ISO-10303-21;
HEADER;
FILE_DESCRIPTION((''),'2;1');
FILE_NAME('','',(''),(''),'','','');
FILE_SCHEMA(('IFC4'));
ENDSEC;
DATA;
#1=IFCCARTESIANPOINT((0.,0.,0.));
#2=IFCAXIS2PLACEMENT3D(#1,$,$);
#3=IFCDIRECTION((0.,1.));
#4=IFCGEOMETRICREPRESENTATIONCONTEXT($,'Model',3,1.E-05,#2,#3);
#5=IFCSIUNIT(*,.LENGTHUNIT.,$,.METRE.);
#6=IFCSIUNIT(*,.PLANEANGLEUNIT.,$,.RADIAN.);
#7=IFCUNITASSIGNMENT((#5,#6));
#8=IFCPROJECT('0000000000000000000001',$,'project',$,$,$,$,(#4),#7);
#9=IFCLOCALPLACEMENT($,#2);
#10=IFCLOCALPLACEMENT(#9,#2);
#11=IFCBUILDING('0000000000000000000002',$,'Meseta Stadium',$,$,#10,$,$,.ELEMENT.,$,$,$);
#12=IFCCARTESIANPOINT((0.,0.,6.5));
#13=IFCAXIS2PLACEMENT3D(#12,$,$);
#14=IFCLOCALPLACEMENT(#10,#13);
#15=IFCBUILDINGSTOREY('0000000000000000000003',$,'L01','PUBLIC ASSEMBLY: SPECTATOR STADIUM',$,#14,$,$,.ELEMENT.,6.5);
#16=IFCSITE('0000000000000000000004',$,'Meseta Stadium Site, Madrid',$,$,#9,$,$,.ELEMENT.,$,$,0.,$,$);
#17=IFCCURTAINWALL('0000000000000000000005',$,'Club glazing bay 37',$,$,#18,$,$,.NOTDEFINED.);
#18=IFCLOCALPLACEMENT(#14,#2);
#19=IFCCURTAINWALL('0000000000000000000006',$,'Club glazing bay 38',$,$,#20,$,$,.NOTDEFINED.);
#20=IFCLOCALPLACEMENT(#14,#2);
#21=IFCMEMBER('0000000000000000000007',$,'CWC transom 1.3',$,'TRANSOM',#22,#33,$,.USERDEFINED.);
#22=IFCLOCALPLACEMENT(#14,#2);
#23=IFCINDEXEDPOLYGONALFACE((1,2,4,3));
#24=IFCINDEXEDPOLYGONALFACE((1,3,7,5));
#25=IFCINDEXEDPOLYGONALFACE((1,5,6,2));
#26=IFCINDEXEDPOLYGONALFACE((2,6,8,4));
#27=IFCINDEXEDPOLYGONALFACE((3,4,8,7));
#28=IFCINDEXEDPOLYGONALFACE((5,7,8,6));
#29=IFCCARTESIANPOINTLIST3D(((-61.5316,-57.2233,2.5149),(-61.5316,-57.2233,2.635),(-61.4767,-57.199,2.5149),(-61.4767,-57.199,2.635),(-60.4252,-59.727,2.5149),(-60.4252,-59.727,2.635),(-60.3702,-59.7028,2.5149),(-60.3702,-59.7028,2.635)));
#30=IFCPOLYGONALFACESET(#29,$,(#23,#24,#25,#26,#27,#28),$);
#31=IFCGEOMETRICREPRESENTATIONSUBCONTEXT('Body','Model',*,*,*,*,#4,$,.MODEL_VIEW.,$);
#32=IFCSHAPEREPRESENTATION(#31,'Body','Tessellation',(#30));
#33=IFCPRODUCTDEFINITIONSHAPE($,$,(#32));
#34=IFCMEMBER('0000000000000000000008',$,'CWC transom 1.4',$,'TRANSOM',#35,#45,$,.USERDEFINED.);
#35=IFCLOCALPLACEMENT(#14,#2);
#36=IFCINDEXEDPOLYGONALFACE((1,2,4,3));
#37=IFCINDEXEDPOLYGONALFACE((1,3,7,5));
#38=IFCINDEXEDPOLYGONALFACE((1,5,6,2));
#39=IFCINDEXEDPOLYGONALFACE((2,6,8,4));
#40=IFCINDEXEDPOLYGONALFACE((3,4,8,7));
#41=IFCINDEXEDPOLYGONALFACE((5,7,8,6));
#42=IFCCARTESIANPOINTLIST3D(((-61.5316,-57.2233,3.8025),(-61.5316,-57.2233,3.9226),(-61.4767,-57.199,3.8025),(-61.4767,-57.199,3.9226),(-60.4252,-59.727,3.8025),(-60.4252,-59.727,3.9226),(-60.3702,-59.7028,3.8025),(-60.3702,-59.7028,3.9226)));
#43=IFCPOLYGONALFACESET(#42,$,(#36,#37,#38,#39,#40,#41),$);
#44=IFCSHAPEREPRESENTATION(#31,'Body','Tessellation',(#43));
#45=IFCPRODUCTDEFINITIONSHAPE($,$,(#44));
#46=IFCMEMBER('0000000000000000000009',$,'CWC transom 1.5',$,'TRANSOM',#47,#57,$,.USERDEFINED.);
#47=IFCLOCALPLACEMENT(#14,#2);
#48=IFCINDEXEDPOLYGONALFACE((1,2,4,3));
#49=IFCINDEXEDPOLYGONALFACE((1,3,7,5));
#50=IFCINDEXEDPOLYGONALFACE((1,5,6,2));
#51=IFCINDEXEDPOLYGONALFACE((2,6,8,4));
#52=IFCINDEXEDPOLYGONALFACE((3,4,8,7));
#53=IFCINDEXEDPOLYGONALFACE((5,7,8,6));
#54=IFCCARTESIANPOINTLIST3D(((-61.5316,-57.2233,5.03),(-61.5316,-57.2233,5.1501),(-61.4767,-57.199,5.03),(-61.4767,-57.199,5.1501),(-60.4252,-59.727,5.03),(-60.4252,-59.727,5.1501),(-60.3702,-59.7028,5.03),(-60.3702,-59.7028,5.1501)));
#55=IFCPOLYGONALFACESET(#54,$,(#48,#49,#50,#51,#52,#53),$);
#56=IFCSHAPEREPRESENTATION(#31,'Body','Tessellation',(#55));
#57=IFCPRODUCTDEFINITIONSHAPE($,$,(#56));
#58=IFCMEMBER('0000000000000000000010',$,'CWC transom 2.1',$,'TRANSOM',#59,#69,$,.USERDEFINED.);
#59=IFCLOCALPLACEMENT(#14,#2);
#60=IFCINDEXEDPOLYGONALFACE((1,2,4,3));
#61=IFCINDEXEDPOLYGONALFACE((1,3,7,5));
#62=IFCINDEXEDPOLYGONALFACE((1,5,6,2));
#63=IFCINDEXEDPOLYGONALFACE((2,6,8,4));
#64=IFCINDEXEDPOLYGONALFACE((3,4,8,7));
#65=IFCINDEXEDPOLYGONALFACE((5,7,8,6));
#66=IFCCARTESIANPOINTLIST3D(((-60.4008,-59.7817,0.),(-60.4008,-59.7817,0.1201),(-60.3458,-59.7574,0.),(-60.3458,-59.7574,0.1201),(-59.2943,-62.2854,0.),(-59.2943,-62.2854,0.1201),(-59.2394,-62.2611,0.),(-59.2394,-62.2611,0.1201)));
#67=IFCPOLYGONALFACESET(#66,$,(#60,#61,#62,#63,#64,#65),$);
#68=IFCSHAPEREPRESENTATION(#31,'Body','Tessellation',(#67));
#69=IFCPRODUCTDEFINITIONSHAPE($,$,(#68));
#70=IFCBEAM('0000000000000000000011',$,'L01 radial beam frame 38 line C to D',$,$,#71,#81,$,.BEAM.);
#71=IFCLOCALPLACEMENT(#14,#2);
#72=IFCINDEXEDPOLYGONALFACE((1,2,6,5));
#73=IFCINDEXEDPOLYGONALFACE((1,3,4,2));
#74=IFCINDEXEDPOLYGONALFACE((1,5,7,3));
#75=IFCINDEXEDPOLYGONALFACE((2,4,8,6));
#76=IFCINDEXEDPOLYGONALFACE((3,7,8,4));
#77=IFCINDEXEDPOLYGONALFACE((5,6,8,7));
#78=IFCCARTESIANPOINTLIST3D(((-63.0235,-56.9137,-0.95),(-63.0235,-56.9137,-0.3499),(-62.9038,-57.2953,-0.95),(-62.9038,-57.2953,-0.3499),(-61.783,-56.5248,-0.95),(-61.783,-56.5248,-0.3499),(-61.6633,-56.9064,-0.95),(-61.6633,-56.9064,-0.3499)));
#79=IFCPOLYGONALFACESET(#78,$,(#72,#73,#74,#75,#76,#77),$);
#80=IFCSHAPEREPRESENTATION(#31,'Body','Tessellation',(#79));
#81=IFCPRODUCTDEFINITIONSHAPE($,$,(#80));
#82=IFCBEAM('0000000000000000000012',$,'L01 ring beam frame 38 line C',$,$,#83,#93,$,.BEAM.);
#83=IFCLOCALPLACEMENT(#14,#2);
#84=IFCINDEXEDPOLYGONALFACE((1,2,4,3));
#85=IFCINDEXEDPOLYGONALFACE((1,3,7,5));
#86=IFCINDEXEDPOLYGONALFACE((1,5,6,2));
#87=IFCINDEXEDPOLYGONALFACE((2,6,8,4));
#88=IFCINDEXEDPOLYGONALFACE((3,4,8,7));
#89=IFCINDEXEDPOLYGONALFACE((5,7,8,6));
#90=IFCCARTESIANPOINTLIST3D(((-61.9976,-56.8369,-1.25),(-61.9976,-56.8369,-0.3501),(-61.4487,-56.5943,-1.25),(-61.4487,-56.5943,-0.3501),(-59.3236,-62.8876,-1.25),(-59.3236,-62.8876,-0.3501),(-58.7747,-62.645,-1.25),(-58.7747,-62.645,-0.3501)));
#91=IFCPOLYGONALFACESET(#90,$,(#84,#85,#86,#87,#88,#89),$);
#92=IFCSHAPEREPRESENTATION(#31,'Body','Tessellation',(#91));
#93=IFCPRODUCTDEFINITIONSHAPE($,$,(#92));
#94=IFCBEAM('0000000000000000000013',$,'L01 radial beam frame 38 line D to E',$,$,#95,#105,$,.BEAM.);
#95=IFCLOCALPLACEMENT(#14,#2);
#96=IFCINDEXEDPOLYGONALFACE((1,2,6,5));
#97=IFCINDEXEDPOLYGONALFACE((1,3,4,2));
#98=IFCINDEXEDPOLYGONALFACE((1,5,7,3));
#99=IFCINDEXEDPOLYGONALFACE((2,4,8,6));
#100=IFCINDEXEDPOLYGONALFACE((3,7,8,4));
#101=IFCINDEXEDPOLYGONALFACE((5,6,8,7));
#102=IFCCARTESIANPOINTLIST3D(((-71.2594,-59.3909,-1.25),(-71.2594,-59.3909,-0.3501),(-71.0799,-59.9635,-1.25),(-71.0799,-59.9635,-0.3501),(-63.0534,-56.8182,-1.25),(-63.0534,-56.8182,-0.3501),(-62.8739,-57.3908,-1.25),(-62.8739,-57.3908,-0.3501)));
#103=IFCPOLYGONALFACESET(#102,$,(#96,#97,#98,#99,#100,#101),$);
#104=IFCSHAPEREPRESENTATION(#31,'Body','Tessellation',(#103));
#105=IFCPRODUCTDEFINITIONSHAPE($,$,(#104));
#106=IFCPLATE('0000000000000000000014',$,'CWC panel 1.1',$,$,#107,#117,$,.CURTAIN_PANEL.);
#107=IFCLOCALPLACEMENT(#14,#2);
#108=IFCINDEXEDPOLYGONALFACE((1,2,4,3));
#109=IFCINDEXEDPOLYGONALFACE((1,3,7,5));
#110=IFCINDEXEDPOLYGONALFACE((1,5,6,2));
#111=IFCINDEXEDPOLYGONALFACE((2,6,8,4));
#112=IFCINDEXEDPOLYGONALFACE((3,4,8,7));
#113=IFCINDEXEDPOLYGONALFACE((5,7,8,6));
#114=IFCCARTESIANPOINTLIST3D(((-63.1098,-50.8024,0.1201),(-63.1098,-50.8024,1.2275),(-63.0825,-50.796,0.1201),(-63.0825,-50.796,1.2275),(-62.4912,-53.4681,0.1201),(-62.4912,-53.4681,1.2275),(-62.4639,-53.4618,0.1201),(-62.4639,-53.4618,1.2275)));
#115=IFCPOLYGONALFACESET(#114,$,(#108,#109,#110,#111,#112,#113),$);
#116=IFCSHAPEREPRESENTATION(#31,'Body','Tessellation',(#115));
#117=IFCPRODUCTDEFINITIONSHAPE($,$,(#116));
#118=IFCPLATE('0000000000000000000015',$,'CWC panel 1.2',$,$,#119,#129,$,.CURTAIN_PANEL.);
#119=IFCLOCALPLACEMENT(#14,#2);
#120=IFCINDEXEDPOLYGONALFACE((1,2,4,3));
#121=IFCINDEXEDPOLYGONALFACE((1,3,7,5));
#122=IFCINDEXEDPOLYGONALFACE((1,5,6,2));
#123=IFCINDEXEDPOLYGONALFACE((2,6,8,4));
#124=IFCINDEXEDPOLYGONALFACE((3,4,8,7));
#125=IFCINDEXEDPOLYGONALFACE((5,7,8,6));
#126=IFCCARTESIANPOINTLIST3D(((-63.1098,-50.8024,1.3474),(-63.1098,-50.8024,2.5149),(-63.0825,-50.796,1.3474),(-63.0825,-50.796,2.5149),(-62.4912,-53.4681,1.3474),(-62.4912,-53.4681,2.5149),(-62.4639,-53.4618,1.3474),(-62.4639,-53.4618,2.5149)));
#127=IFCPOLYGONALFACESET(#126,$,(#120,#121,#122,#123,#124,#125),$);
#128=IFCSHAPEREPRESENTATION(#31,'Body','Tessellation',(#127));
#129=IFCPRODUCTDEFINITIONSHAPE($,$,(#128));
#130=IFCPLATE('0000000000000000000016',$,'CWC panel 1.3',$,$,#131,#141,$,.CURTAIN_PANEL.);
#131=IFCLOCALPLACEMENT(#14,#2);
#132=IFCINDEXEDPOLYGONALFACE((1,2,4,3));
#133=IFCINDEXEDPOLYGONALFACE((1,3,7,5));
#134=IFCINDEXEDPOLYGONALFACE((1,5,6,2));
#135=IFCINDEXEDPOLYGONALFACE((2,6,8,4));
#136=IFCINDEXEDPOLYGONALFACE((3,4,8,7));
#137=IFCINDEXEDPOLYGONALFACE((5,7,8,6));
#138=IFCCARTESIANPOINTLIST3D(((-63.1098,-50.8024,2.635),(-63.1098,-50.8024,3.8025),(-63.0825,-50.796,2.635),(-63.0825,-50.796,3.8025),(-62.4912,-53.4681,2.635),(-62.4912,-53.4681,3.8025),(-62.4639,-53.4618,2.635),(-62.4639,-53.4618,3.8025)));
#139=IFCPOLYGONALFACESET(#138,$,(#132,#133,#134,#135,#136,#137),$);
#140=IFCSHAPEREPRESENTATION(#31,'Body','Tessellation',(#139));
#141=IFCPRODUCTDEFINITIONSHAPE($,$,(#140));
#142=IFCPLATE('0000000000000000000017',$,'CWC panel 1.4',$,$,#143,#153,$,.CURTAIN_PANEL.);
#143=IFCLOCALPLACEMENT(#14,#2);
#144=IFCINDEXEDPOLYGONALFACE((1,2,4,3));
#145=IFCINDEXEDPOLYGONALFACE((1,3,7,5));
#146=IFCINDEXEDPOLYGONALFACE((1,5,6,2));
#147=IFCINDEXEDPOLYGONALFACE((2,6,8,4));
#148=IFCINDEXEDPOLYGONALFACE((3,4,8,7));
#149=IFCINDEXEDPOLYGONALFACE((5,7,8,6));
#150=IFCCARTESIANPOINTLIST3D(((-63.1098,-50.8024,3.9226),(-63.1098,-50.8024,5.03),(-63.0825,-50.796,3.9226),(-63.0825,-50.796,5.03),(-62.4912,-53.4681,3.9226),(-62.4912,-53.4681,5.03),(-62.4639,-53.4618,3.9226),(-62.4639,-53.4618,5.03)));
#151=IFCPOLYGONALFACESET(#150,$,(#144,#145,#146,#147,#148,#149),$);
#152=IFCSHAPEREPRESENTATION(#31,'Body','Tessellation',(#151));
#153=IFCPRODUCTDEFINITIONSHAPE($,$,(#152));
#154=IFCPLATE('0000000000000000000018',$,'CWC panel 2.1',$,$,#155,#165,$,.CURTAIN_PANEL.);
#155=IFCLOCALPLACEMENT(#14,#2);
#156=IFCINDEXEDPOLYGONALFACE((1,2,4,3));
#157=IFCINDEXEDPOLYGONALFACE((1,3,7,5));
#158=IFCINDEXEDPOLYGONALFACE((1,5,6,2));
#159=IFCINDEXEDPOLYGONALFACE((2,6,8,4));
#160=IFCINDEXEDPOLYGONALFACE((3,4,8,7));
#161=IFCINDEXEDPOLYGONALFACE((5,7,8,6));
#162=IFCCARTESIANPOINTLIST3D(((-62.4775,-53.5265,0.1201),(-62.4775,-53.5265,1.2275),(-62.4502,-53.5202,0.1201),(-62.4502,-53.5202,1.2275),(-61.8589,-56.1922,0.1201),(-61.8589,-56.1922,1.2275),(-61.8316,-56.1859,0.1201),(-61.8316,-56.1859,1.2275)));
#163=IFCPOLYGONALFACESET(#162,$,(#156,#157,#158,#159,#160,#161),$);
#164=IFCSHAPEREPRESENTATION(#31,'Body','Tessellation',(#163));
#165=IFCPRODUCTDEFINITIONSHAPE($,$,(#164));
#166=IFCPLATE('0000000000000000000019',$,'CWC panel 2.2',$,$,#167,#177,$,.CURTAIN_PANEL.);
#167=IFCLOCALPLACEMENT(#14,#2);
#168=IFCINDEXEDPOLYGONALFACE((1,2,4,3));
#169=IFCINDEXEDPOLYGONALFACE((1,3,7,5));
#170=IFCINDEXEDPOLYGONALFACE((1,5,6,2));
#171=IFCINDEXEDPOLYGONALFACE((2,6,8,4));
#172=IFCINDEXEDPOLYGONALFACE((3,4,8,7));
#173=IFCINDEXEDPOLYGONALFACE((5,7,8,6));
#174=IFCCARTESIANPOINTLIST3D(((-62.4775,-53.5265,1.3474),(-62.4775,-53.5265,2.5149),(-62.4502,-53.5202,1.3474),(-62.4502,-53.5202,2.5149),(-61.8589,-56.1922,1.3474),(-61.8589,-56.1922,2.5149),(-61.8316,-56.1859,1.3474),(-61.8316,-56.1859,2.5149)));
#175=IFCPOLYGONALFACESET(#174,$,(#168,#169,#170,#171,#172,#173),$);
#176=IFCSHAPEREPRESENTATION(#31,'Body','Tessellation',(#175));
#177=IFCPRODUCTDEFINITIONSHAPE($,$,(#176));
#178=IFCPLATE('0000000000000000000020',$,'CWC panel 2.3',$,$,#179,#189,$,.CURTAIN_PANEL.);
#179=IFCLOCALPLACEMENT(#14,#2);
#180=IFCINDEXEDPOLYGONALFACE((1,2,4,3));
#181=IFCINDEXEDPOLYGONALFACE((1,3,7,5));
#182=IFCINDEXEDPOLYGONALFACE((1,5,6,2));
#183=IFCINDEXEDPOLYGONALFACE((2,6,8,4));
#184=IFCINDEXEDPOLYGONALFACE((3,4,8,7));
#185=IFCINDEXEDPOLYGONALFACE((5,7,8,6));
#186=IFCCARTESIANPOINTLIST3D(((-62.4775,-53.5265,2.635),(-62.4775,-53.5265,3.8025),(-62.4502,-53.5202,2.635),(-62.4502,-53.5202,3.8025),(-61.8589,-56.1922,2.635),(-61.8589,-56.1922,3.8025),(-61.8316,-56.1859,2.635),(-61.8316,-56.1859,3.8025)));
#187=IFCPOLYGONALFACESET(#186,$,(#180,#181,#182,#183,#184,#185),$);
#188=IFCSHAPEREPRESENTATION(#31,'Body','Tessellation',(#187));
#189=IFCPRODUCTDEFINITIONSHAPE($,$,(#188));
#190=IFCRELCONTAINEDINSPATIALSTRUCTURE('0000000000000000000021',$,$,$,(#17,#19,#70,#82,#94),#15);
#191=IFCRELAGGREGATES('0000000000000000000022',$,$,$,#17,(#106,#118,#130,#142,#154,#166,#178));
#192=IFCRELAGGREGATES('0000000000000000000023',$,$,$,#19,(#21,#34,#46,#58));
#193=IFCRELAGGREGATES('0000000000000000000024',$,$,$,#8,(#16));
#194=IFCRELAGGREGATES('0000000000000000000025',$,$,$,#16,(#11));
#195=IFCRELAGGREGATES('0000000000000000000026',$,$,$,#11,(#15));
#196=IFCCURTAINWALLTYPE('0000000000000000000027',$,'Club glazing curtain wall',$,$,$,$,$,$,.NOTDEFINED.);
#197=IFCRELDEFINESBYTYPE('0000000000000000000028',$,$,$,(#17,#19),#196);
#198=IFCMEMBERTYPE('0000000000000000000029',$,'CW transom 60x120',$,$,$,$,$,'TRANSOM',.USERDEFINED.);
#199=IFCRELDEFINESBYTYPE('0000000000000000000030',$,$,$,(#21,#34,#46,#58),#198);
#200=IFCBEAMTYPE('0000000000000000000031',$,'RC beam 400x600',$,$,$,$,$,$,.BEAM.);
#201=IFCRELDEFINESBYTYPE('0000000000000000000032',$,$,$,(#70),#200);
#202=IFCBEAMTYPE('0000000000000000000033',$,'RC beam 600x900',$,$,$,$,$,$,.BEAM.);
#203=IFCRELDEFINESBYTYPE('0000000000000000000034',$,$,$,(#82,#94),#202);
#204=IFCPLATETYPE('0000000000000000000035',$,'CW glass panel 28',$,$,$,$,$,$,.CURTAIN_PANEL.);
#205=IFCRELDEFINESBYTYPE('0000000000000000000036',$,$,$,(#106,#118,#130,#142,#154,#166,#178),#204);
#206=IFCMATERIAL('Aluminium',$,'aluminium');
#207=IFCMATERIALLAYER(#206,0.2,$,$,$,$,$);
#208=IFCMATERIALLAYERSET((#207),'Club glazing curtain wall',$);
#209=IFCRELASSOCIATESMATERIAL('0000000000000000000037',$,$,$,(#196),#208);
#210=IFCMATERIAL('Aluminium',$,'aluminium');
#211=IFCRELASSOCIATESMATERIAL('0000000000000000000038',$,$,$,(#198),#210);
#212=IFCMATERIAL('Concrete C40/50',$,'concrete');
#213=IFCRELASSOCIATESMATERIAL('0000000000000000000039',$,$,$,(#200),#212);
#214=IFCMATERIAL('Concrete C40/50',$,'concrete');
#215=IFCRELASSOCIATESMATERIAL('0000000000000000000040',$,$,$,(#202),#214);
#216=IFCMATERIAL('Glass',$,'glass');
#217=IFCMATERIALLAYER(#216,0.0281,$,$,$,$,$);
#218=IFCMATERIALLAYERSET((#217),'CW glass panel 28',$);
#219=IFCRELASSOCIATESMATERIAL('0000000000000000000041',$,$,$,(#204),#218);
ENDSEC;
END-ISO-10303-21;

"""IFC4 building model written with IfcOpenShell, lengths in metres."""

from ifc_helpers import new_model, si_unit, direction, frame, origin, origin_2d, place, context, subcontext, project, spatial, rectangle, extrude, material, layer, layer_set, material_profile, profile_set, type_object, element, aggregate, save


model = new_model("IFC4")

# Units and contexts
model_context = context("Model", 3, precision=1e-05, world=origin(), true_north=direction((0.0, 1.0)))
body_context = subcontext(model_context, "Body", "Model", "MODEL_VIEW")
ifc_project = project(units=[si_unit("LENGTHUNIT", "METRE"), si_unit("PLANEANGLEUNIT", "RADIAN")], contexts=[model_context])

# Site, building, storey
site_placement = place(None, origin())
site = spatial("IfcSite", under=ifc_project, at=site_placement, Name="Meseta Stadium Site, Madrid", CompositionType="ELEMENT", RefElevation=0.0)
building_placement = place(site_placement, origin())
building = spatial("IfcBuilding", under=site, at=building_placement, Name="Meseta Stadium", CompositionType="ELEMENT")
storey_placement = place(building_placement, frame((0.0, 0.0, 6.5)))
storey = spatial("IfcBuildingStorey", under=building, at=storey_placement, Name="L01", Description="PUBLIC ASSEMBLY: SPECTATOR STADIUM", CompositionType="ELEMENT", Elevation=6.5)

# Curtain walls
ifc_material_1 = material(Name="Aluminium", Category="aluminium")
ifc_layer_1 = layer(ifc_material_1, 0.2)
ifc_layer_set_1 = layer_set([ifc_layer_1], Name="Club glazing curtain wall")
curtain_wall_type = type_object("IfcCurtainWallType", Name="Club glazing curtain wall", PredefinedType="NOTDEFINED", material=ifc_layer_set_1)
curtain_wall_1_placement = place(storey_placement, origin())
curtain_wall_1 = element("IfcCurtainWall", 1, at=curtain_wall_1_placement, inside=storey, type_object=curtain_wall_type, Name="Club glazing bay 37", PredefinedType="NOTDEFINED")
curtain_wall_2_placement = place(storey_placement, origin())
curtain_wall_2 = element("IfcCurtainWall", 2, at=curtain_wall_2_placement, inside=storey, type_object=curtain_wall_type, Name="Club glazing bay 38", PredefinedType="NOTDEFINED")

# Members
ifc_material_2 = material(Name="Aluminium", Category="aluminium")
ifc_material_profile_1 = material_profile(ifc_material_2, rectangle(XDim=0.0601, YDim=0.1201, at=origin_2d()), Name="CW 60x120")
ifc_profile_set_1 = profile_set([ifc_material_profile_1], Name="Aluminium")
member_type_1 = type_object("IfcMemberType", Name="CW transom 60x120", ElementType="TRANSOM", PredefinedType="USERDEFINED", material=ifc_profile_set_1)
member_1_placement = place(storey_placement, frame((-61.5042, -57.2112, 2.575), z_axis=(0.404218, -0.914663, 0.0), x_axis=(0.914663, 0.404218, 0.0)))
member_1 = element("IfcMember", 3, at=member_1_placement, type_object=member_type_1, Name="CWC transom 1.3", ObjectType="TRANSOM", PredefinedType="USERDEFINED", context=body_context, shape_type="SweptSolid", body=[
    extrude(rectangle(XDim=0.0601, YDim=0.1201, at=origin_2d()), origin(), (0.0, 0.0, 1.0), 2.7373),
])
member_2_placement = place(storey_placement, frame((-61.5042, -57.2112, 3.8625), z_axis=(0.404218, -0.914663, 0.0), x_axis=(0.914663, 0.404218, 0.0)))
member_2 = element("IfcMember", 4, at=member_2_placement, type_object=member_type_1, Name="CWC transom 1.4", ObjectType="TRANSOM", PredefinedType="USERDEFINED", context=body_context, shape_type="SweptSolid", body=[
    extrude(rectangle(XDim=0.0601, YDim=0.1201, at=origin_2d()), origin(), (0.0, 0.0, 1.0), 2.7373),
])
member_3_placement = place(storey_placement, frame((-61.5042, -57.2112, 5.0901), z_axis=(0.404218, -0.914663, 0.0), x_axis=(0.914663, 0.404218, 0.0)))
member_3 = element("IfcMember", 5, at=member_3_placement, type_object=member_type_1, Name="CWC transom 1.5", ObjectType="TRANSOM", PredefinedType="USERDEFINED", context=body_context, shape_type="SweptSolid", body=[
    extrude(rectangle(XDim=0.0601, YDim=0.1201, at=origin_2d()), origin(), (0.0, 0.0, 1.0), 2.7373),
])
member_4_placement = place(storey_placement, frame((-60.3733, -59.7695, 0.0601), z_axis=(0.404218, -0.914663, 0.0), x_axis=(0.914663, 0.404218, 0.0)))
member_4 = element("IfcMember", 6, at=member_4_placement, type_object=member_type_1, Name="CWC transom 2.1", ObjectType="TRANSOM", PredefinedType="USERDEFINED", context=body_context, shape_type="SweptSolid", body=[
    extrude(rectangle(XDim=0.0601, YDim=0.1201, at=origin_2d()), origin(), (0.0, 0.0, 1.0), 2.7373),
])

# Beams
ifc_material_3 = material(Name="Concrete C40/50", Category="concrete")
ifc_material_profile_2 = material_profile(ifc_material_3, rectangle(XDim=0.3999, YDim=0.6001, at=origin_2d()), Name="RC 400x600")
ifc_profile_set_2 = profile_set([ifc_material_profile_2], Name="Concrete C40/50")
beam_type_1 = type_object("IfcBeamType", Name="RC beam 400x600", PredefinedType="BEAM", material=ifc_profile_set_2)
beam_1_placement = place(storey_placement, frame((-61.7231, -56.7156, -0.6499), z_axis=(-0.954202, -0.299162, 0.0), x_axis=(0.299162, -0.954202, 0.0)))
element("IfcBeam", 7, at=beam_1_placement, inside=storey, type_object=beam_type_1, Name="L01 radial beam frame 38 line C to D", PredefinedType="BEAM", context=body_context, shape_type="SweptSolid", body=[
    extrude(rectangle(XDim=0.3999, YDim=0.6001, at=origin_2d()), origin(), (0.0, 0.0, 1.0), 1.3),
])
ifc_material_4 = material(Name="Concrete C40/50", Category="concrete")
ifc_material_profile_3 = material_profile(ifc_material_4, rectangle(XDim=0.6001, YDim=0.8999, at=origin_2d()), Name="RC 600x900")
ifc_profile_set_3 = profile_set([ifc_material_profile_3], Name="Concrete C40/50")
beam_type_2 = type_object("IfcBeamType", Name="RC beam 600x900", PredefinedType="BEAM", material=ifc_profile_set_3)
beam_2_placement = place(storey_placement, frame((-61.7231, -56.7156, -0.8), z_axis=(0.404223, -0.91466, 0.0), x_axis=(0.91466, 0.404223, 0.0)))
element("IfcBeam", 8, at=beam_2_placement, inside=storey, type_object=beam_type_2, Name="L01 ring beam frame 38 line C", PredefinedType="BEAM", context=body_context, shape_type="SweptSolid", body=[
    extrude(rectangle(XDim=0.6001, YDim=0.8999, at=origin_2d()), origin(), (0.0, 0.0, 1.0), 6.6152),
])
beam_3_placement = place(storey_placement, frame((-62.9636, -57.1045, -0.8), z_axis=(-0.954203, -0.299161, 0.0), x_axis=(0.299161, -0.954203, 0.0)))
element("IfcBeam", 9, at=beam_3_placement, inside=storey, type_object=beam_type_2, Name="L01 radial beam frame 38 line D to E", PredefinedType="BEAM", context=body_context, shape_type="SweptSolid", body=[
    extrude(rectangle(XDim=0.6001, YDim=0.8999, at=origin_2d()), origin(), (0.0, 0.0, 1.0), 8.5999),
])

# Plates
ifc_material_5 = material(Name="Glass", Category="glass")
ifc_layer_2 = layer(ifc_material_5, 0.0281)
ifc_layer_set_2 = layer_set([ifc_layer_2], Name="CW glass panel 28")
plate_type = type_object("IfcPlateType", Name="CW glass panel 28", PredefinedType="CURTAIN_PANEL", material=ifc_layer_set_2)
plate_1_placement = place(storey_placement, frame((-62.7869, -52.1321, 0.1201), z_axis=(0.0, 0.0, 1.0), x_axis=(0.226048, -0.974116, 0.0)))
plate_1 = element("IfcPlate", 10, at=plate_1_placement, type_object=plate_type, Name="CWC panel 1.1", PredefinedType="CURTAIN_PANEL", context=body_context, shape_type="SweptSolid", body=[
    extrude(rectangle(XDim=2.7366, YDim=0.0281, at=origin_2d()), origin(), (0.0, 0.0, 1.0), 1.1074),
])
plate_2_placement = place(storey_placement, frame((-62.7869, -52.1321, 1.3474), z_axis=(0.0, 0.0, 1.0), x_axis=(0.226048, -0.974116, 0.0)))
plate_2 = element("IfcPlate", 11, at=plate_2_placement, type_object=plate_type, Name="CWC panel 1.2", PredefinedType="CURTAIN_PANEL", context=body_context, shape_type="SweptSolid", body=[
    extrude(rectangle(XDim=2.7366, YDim=0.0281, at=origin_2d()), origin(), (0.0, 0.0, 1.0), 1.1675),
])
plate_3_placement = place(storey_placement, frame((-62.7869, -52.1321, 2.635), z_axis=(0.0, 0.0, 1.0), x_axis=(0.226048, -0.974116, 0.0)))
plate_3 = element("IfcPlate", 12, at=plate_3_placement, type_object=plate_type, Name="CWC panel 1.3", PredefinedType="CURTAIN_PANEL", context=body_context, shape_type="SweptSolid", body=[
    extrude(rectangle(XDim=2.7366, YDim=0.0281, at=origin_2d()), origin(), (0.0, 0.0, 1.0), 1.1675),
])
plate_4_placement = place(storey_placement, frame((-62.7869, -52.1321, 3.9226), z_axis=(0.0, 0.0, 1.0), x_axis=(0.226048, -0.974116, 0.0)))
plate_4 = element("IfcPlate", 13, at=plate_4_placement, type_object=plate_type, Name="CWC panel 1.4", PredefinedType="CURTAIN_PANEL", context=body_context, shape_type="SweptSolid", body=[
    extrude(rectangle(XDim=2.7366, YDim=0.0281, at=origin_2d()), origin(), (0.0, 0.0, 1.0), 1.1074),
])
plate_5_placement = place(storey_placement, frame((-62.1545, -54.8562, 0.1201), z_axis=(0.0, 0.0, 1.0), x_axis=(0.226048, -0.974116, 0.0)))
plate_5 = element("IfcPlate", 14, at=plate_5_placement, type_object=plate_type, Name="CWC panel 2.1", PredefinedType="CURTAIN_PANEL", context=body_context, shape_type="SweptSolid", body=[
    extrude(rectangle(XDim=2.7366, YDim=0.0281, at=origin_2d()), origin(), (0.0, 0.0, 1.0), 1.1074),
])
plate_6_placement = place(storey_placement, frame((-62.1545, -54.8562, 1.3474), z_axis=(0.0, 0.0, 1.0), x_axis=(0.226048, -0.974116, 0.0)))
plate_6 = element("IfcPlate", 15, at=plate_6_placement, type_object=plate_type, Name="CWC panel 2.2", PredefinedType="CURTAIN_PANEL", context=body_context, shape_type="SweptSolid", body=[
    extrude(rectangle(XDim=2.7366, YDim=0.0281, at=origin_2d()), origin(), (0.0, 0.0, 1.0), 1.1675),
])
plate_7_placement = place(storey_placement, frame((-62.1545, -54.8562, 2.635), z_axis=(0.0, 0.0, 1.0), x_axis=(0.226048, -0.974116, 0.0)))
plate_7 = element("IfcPlate", 16, at=plate_7_placement, type_object=plate_type, Name="CWC panel 2.3", PredefinedType="CURTAIN_PANEL", context=body_context, shape_type="SweptSolid", body=[
    extrude(rectangle(XDim=2.7366, YDim=0.0281, at=origin_2d()), origin(), (0.0, 0.0, 1.0), 1.1675),
])
aggregate(curtain_wall_1, [plate_1, plate_2, plate_3, plate_4, plate_5, plate_6, plate_7])
aggregate(curtain_wall_2, [member_1, member_2, member_3, member_4])

save(model, "model.ifc")
